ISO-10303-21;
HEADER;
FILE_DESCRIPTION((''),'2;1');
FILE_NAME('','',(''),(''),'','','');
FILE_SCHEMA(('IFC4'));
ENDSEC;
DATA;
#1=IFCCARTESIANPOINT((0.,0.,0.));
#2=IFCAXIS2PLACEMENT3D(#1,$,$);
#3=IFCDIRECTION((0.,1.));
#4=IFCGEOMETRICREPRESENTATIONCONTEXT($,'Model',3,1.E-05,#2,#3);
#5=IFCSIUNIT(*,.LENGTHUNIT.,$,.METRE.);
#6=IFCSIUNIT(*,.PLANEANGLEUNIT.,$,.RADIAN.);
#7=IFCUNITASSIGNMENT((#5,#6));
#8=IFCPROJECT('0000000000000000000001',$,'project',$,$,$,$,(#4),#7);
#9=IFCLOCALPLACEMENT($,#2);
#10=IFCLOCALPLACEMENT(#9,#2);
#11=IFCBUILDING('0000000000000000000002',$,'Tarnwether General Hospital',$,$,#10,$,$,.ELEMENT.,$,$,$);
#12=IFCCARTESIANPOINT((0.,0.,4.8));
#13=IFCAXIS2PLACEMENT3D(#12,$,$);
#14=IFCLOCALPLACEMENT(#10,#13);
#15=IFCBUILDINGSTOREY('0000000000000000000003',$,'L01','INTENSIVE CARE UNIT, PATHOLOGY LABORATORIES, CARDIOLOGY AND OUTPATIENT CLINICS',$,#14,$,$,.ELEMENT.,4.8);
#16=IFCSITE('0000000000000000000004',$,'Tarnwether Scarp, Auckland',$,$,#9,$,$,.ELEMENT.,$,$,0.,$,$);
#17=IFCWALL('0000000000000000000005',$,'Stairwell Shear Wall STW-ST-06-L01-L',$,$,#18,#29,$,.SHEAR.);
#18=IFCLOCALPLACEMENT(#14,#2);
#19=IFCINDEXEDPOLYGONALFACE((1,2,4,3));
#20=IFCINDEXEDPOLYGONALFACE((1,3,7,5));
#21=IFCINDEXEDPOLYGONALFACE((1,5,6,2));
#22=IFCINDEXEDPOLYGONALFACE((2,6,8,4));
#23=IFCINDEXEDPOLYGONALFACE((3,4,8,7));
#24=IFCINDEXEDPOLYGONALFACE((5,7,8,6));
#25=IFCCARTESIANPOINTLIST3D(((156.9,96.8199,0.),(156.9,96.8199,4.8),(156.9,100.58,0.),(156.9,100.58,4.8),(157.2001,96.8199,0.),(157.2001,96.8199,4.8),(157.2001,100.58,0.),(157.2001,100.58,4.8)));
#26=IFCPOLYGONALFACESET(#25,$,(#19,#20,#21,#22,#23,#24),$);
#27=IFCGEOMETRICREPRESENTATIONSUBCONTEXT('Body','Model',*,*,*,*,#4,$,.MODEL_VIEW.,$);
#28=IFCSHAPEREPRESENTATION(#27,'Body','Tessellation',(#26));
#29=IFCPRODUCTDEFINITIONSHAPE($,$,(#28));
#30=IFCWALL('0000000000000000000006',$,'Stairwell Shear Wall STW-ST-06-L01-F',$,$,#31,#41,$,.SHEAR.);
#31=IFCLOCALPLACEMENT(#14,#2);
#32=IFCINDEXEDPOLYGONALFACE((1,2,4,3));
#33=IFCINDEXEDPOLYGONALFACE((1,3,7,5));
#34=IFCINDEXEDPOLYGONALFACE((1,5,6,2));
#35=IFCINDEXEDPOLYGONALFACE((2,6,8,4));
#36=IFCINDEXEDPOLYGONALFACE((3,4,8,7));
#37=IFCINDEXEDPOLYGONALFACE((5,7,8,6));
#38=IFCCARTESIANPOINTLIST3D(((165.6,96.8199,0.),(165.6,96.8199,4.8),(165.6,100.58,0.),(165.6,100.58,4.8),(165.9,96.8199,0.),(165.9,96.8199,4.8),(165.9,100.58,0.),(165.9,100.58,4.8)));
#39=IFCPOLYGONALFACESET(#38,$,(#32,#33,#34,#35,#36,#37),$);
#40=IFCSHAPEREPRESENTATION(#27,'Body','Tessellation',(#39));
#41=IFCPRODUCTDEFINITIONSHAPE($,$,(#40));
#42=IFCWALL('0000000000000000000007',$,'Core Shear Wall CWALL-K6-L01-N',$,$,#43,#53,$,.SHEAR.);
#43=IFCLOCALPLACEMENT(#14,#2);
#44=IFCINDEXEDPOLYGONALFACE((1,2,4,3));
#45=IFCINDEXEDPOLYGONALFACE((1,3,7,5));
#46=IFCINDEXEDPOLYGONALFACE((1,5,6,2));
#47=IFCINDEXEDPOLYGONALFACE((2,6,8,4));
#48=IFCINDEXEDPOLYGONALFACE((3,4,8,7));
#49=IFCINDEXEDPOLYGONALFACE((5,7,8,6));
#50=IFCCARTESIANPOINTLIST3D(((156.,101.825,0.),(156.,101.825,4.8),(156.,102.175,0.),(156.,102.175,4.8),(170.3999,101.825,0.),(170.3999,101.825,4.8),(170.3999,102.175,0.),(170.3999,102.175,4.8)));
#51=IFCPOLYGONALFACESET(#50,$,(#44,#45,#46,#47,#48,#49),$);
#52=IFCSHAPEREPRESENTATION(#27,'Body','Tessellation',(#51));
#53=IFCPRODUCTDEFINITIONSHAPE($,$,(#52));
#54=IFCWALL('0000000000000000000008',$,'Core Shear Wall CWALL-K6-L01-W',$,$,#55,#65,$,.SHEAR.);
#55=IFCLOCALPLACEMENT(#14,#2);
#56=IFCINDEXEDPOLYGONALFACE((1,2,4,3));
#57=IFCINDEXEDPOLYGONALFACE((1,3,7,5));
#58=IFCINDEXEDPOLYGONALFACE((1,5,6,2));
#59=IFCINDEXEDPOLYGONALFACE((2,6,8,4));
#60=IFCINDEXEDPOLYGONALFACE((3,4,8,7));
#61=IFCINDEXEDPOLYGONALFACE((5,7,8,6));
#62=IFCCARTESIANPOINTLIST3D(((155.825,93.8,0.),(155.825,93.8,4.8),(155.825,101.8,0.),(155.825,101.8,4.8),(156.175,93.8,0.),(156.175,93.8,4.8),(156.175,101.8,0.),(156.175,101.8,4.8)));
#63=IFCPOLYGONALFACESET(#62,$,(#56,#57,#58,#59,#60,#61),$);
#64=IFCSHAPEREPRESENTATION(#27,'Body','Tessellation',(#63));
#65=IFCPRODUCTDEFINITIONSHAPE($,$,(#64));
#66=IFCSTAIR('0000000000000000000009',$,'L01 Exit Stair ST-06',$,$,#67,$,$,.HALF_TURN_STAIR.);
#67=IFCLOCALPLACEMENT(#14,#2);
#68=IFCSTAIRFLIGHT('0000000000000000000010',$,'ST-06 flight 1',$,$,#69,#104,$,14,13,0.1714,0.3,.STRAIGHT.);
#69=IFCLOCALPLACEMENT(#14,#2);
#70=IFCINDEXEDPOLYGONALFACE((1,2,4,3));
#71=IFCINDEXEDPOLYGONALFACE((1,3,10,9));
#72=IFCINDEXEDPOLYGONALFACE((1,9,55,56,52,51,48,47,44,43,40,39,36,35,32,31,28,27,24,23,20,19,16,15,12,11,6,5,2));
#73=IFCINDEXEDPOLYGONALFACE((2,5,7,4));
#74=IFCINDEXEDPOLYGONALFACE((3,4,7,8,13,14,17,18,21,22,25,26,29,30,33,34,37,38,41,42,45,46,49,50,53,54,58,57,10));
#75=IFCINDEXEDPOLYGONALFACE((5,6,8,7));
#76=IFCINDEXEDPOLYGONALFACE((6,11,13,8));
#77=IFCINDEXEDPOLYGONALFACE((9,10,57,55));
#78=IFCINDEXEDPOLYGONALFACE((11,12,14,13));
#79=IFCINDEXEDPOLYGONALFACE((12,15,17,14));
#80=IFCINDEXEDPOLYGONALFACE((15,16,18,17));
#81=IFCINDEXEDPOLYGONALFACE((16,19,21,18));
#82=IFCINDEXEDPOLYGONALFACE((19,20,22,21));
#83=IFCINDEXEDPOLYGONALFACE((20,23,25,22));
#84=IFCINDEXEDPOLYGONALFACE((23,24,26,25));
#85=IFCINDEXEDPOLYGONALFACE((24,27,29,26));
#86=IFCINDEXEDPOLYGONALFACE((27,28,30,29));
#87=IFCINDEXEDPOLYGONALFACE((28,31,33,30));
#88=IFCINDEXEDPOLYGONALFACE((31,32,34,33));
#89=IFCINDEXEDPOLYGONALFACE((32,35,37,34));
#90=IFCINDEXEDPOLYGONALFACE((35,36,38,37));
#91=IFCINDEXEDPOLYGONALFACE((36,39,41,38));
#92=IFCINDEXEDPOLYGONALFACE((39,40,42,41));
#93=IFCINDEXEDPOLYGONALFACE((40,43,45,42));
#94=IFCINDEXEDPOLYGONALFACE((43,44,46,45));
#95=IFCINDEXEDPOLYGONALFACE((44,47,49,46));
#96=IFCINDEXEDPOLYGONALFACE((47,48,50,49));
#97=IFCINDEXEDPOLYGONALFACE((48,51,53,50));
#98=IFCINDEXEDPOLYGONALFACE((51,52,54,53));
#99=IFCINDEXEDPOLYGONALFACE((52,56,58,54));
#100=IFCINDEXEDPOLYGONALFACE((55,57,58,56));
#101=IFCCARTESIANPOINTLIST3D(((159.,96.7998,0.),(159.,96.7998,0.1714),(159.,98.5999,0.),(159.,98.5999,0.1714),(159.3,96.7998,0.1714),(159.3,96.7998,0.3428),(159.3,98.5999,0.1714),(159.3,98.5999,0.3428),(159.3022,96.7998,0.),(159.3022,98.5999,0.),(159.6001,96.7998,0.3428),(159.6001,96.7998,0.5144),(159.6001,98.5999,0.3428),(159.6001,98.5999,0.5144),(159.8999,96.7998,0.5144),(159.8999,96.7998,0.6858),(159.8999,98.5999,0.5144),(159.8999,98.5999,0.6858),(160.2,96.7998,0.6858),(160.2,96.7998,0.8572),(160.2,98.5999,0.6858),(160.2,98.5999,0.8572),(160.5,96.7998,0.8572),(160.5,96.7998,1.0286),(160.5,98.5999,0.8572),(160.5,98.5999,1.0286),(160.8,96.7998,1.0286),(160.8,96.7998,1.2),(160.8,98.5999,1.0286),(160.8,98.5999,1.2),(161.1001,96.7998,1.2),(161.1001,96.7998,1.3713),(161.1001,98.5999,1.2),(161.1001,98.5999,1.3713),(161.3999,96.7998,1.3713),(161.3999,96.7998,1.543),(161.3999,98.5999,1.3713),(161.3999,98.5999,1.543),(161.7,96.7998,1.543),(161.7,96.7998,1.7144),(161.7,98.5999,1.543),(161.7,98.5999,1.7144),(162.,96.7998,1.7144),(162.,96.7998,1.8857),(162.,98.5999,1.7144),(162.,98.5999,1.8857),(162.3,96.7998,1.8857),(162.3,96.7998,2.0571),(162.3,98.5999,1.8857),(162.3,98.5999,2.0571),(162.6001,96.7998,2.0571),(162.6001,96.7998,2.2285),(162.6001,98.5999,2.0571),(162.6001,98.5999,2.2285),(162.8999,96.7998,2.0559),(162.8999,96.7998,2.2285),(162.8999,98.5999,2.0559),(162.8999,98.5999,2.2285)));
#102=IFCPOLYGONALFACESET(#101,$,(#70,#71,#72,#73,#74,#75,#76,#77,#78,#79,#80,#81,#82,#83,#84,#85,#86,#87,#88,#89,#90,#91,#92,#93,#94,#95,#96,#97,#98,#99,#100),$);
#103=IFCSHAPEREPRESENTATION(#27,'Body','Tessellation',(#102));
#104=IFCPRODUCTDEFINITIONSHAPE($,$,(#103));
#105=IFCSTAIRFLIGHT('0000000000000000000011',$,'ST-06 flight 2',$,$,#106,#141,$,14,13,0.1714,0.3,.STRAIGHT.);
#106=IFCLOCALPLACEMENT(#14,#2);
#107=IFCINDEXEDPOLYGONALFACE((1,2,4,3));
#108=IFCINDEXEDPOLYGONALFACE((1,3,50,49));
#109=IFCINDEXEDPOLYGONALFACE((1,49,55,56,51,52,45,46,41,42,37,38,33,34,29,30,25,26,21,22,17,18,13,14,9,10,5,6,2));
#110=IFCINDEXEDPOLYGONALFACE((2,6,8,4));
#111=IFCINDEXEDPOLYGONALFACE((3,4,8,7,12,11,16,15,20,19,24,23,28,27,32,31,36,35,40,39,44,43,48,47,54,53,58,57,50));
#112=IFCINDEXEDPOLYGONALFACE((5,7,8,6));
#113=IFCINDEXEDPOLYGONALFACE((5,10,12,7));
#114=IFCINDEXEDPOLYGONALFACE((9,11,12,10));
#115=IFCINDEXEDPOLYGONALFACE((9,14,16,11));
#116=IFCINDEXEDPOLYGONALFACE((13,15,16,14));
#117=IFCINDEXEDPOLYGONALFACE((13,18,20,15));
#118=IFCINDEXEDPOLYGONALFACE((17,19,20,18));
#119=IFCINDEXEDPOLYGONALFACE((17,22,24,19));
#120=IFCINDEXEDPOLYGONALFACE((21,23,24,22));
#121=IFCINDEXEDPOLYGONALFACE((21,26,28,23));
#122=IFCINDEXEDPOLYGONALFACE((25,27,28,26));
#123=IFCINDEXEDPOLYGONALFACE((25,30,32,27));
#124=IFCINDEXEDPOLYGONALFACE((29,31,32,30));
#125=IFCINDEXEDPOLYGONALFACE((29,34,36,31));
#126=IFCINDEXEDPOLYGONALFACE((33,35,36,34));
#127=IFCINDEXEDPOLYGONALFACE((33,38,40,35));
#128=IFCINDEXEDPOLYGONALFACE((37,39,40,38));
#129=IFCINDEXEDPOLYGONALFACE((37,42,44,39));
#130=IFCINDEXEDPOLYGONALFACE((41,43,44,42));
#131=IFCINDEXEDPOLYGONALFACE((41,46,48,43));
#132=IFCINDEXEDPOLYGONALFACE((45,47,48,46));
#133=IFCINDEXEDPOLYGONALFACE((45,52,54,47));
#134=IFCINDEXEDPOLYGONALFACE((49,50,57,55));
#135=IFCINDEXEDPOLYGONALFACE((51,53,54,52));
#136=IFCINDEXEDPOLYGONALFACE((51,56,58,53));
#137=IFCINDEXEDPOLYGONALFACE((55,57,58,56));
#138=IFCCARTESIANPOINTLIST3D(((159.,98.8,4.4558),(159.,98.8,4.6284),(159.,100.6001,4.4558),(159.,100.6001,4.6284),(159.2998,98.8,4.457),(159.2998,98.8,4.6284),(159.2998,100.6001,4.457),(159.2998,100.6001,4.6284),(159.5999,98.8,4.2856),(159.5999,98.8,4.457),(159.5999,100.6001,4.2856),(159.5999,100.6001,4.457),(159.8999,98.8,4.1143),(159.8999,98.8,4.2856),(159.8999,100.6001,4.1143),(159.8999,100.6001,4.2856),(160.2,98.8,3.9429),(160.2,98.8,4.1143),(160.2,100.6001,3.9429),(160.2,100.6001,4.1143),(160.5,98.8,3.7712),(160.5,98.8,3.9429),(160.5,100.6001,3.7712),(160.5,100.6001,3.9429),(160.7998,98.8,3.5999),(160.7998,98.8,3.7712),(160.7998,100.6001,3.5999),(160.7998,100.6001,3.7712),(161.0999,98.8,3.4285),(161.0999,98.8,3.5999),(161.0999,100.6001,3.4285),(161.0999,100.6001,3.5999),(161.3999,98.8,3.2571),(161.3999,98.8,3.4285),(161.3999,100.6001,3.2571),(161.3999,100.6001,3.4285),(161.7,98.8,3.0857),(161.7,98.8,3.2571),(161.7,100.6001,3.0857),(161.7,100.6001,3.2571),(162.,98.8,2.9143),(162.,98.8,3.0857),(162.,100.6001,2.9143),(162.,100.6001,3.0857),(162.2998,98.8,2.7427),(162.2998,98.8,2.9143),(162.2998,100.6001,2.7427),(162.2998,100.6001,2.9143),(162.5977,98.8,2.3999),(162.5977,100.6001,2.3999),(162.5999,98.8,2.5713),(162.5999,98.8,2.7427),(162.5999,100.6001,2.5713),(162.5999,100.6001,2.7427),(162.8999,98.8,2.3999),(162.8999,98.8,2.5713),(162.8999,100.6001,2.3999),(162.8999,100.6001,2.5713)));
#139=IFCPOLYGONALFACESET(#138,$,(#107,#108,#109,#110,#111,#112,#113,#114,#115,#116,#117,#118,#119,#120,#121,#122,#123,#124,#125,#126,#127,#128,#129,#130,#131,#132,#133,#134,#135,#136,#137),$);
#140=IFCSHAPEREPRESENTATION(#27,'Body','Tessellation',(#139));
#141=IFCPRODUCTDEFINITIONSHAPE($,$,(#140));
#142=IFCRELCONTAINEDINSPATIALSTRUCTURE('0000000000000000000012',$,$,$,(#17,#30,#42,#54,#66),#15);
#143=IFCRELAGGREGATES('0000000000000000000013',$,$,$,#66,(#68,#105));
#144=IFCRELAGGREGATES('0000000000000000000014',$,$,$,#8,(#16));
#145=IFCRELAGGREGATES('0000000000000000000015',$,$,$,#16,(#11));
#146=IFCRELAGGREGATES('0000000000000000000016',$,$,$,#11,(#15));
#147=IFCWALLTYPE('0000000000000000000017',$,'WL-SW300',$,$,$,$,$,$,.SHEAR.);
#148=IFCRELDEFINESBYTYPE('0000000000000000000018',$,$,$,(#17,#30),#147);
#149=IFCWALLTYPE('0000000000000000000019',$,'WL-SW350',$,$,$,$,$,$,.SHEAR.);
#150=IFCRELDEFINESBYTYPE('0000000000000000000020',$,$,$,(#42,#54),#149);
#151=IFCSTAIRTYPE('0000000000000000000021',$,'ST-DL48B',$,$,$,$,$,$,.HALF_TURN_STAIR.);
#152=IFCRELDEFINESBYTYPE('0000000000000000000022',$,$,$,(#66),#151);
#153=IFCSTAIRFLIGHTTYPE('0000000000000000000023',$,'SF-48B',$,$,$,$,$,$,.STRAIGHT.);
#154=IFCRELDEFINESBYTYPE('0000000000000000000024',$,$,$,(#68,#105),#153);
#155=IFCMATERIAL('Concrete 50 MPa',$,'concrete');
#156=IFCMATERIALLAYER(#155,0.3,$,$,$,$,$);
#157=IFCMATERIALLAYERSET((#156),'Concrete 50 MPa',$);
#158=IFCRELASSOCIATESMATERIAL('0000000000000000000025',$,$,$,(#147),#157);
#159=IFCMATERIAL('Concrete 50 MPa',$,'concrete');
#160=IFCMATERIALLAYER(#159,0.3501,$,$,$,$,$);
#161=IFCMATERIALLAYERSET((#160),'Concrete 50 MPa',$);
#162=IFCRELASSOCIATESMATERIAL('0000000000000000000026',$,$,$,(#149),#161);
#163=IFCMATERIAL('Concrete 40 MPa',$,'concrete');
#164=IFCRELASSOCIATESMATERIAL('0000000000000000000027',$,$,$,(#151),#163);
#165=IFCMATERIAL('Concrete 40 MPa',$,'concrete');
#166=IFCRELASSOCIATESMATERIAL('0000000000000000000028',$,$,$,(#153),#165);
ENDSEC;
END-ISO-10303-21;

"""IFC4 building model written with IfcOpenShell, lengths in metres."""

from ifc_helpers import new_model, si_unit, direction, frame, frame_2d, origin, place, context, subcontext, project, spatial, polyline, rectangle, outline, extrude, material, layer, layer_set, type_object, element, aggregate, save


model = new_model("IFC4")

# Units and contexts
model_context = context("Model", 3, precision=1e-05, world=origin(), true_north=direction((0.0, 1.0)))
body_context = subcontext(model_context, "Body", "Model", "MODEL_VIEW")
ifc_project = project(units=[si_unit("LENGTHUNIT", "METRE"), si_unit("PLANEANGLEUNIT", "RADIAN")], contexts=[model_context])

# Site, building, storey
site_placement = place(None, origin())
site = spatial("IfcSite", under=ifc_project, at=site_placement, Name="Tarnwether Scarp, Auckland", CompositionType="ELEMENT", RefElevation=0.0)
building_placement = place(site_placement, origin())
building = spatial("IfcBuilding", under=site, at=building_placement, Name="Tarnwether General Hospital", CompositionType="ELEMENT")
storey_placement = place(building_placement, frame((0.0, 0.0, 4.8)))
storey = spatial("IfcBuildingStorey", under=building, at=storey_placement, Name="L01", Description="INTENSIVE CARE UNIT, PATHOLOGY LABORATORIES, CARDIOLOGY AND OUTPATIENT CLINICS", CompositionType="ELEMENT", Elevation=4.8)

# Shared definitions
ifc_material_1 = material(Name="Concrete 50 MPa", Category="concrete")
ifc_layer_1 = layer(ifc_material_1, 0.3)
ifc_layer_set_1 = layer_set([ifc_layer_1], Name="Concrete 50 MPa")
wall_type_1 = type_object("IfcWallType", Name="WL-SW300", PredefinedType="SHEAR", material=ifc_layer_set_1)

# Walls
for number, where, z_axis, x_axis, name in (
    (1, (157.05, 96.8201, 0.0), (0.0, 0.0, 1.0), (0.0, 1.0, 0.0), "Stairwell Shear Wall STW-ST-06-L01-L"),
    (2, (165.75, 96.8201, 0.0), (0.0, 0.0, 1.0), (0.0, 1.0, 0.0), "Stairwell Shear Wall STW-ST-06-L01-F"),
):
    element("IfcWall", number, at=place(storey_placement, frame(where, z_axis=z_axis, x_axis=x_axis)), inside=storey, type_object=wall_type_1, Name=name, PredefinedType="SHEAR", context=body_context, shape_type="SweptSolid", body=[
        extrude(rectangle(XDim=3.76, YDim=0.3, at=frame_2d((1.8799, 0.0))), origin(), (0.0, 0.0, 1.0), 4.8),
    ])
ifc_material_2 = material(Name="Concrete 50 MPa", Category="concrete")
ifc_layer_2 = layer(ifc_material_2, 0.3501)
ifc_layer_set_2 = layer_set([ifc_layer_2], Name="Concrete 50 MPa")
wall_type_2 = type_object("IfcWallType", Name="WL-SW350", PredefinedType="SHEAR", material=ifc_layer_set_2)
wall_1_placement = place(storey_placement, frame((156.0, 102.0, 0.0), z_axis=(0.0, 0.0, 1.0), x_axis=(1.0, 0.0, 0.0)))
element("IfcWall", 3, at=wall_1_placement, inside=storey, type_object=wall_type_2, Name="Core Shear Wall CWALL-K6-L01-N", PredefinedType="SHEAR", context=body_context, shape_type="SweptSolid", body=[
    extrude(rectangle(XDim=14.3999, YDim=0.3501, at=frame_2d((7.2, 0.0))), origin(), (0.0, 0.0, 1.0), 4.8),
])
wall_2_placement = place(storey_placement, frame((156.0, 93.8, 0.0), z_axis=(0.0, 0.0, 1.0), x_axis=(0.0, 1.0, 0.0)))
element("IfcWall", 4, at=wall_2_placement, inside=storey, type_object=wall_type_2, Name="Core Shear Wall CWALL-K6-L01-W", PredefinedType="SHEAR", context=body_context, shape_type="SweptSolid", body=[
    extrude(rectangle(XDim=8.0, YDim=0.3501, at=frame_2d((4.0, 0.0))), origin(), (0.0, 0.0, 1.0), 4.8),
])

# Stair, stair flights
ifc_material_3 = material(Name="Concrete 40 MPa", Category="concrete")
stair_type = type_object("IfcStairType", Name="ST-DL48B", PredefinedType="HALF_TURN_STAIR", material=ifc_material_3)
stair_placement = place(storey_placement, origin())
stair = element("IfcStair", 5, at=stair_placement, inside=storey, type_object=stair_type, Name="L01 Exit Stair ST-06", PredefinedType="HALF_TURN_STAIR")
ifc_material_4 = material(Name="Concrete 40 MPa", Category="concrete")
stair_flight_type = type_object("IfcStairFlightType", Name="SF-48B", PredefinedType="STRAIGHT", material=ifc_material_4)
stair_flight_1_placement = place(storey_placement, frame((159.0, 97.7, 0.0), z_axis=(0.0, 0.0, 1.0), x_axis=(1.0, 0.0, 0.0)))
stair_flight_1 = element("IfcStairFlight", 6, at=stair_flight_1_placement, type_object=stair_flight_type, Name="ST-06 flight 1", NumberOfRisers=14, NumberOfTreads=13, PredefinedType="STRAIGHT", RiserHeight=0.1714, TreadLength=0.3, context=body_context, shape_type="SweptSolid", body=[
    extrude(outline(polyline([(0.0, 0.0), (0.0, 0.1714), (0.3, 0.1714), (0.3, 0.3428), (0.6001, 0.3428), (0.6001, 0.5144), (0.8999, 0.5144), (0.8999, 0.6858), (1.2, 0.6858), (1.2, 0.8572), (1.5, 0.8572), (1.5, 1.0286), (1.8, 1.0286), (1.8, 1.2), (2.1001, 1.2), (2.1001, 1.3713), (2.3999, 1.3713), (2.3999, 1.543), (2.7, 1.543), (2.7, 1.7144), (3.0, 1.7144), (3.0, 1.8857), (3.3, 1.8857), (3.3, 2.0571), (3.6001, 2.0571), (3.6001, 2.2285), (3.8999, 2.2285), (3.8999, 2.3999), (3.8999, 2.0559), (0.3022, 0.0), (0.0, 0.0)])), frame((0.0, 0.8999, 0.0), z_axis=(0.0, -1.0, 0.0), x_axis=(1.0, 0.0, 0.0)), (0.0, 0.0, 1.0), 1.8),
])
stair_flight_2_placement = place(storey_placement, frame((162.8999, 99.7, 2.3999), z_axis=(0.0, 0.0, 1.0), x_axis=(-1.0, 0.0, 0.0)))
stair_flight_2 = element("IfcStairFlight", 7, at=stair_flight_2_placement, type_object=stair_flight_type, Name="ST-06 flight 2", NumberOfRisers=14, NumberOfTreads=13, PredefinedType="STRAIGHT", RiserHeight=0.1714, TreadLength=0.3, context=body_context, shape_type="SweptSolid", body=[
    extrude(outline(polyline([(0.0, 0.0), (0.0, 0.1714), (0.3, 0.1714), (0.3, 0.3428), (0.6001, 0.3428), (0.6001, 0.5144), (0.8999, 0.5144), (0.8999, 0.6858), (1.2, 0.6858), (1.2, 0.8572), (1.5, 0.8572), (1.5, 1.0286), (1.8, 1.0286), (1.8, 1.2), (2.1001, 1.2), (2.1001, 1.3713), (2.3999, 1.3713), (2.3999, 1.543), (2.7, 1.543), (2.7, 1.7144), (3.0, 1.7144), (3.0, 1.8857), (3.3, 1.8857), (3.3, 2.0571), (3.6001, 2.0571), (3.6001, 2.2285), (3.8999, 2.2285), (3.8999, 2.3999), (3.8999, 2.0559), (0.3022, 0.0), (0.0, 0.0)])), frame((0.0, 0.8999, 0.0), z_axis=(0.0, -1.0, 0.0), x_axis=(1.0, 0.0, 0.0)), (0.0, 0.0, 1.0), 1.8),
])
aggregate(stair, [stair_flight_1, stair_flight_2])

save(model, "model.ifc")
